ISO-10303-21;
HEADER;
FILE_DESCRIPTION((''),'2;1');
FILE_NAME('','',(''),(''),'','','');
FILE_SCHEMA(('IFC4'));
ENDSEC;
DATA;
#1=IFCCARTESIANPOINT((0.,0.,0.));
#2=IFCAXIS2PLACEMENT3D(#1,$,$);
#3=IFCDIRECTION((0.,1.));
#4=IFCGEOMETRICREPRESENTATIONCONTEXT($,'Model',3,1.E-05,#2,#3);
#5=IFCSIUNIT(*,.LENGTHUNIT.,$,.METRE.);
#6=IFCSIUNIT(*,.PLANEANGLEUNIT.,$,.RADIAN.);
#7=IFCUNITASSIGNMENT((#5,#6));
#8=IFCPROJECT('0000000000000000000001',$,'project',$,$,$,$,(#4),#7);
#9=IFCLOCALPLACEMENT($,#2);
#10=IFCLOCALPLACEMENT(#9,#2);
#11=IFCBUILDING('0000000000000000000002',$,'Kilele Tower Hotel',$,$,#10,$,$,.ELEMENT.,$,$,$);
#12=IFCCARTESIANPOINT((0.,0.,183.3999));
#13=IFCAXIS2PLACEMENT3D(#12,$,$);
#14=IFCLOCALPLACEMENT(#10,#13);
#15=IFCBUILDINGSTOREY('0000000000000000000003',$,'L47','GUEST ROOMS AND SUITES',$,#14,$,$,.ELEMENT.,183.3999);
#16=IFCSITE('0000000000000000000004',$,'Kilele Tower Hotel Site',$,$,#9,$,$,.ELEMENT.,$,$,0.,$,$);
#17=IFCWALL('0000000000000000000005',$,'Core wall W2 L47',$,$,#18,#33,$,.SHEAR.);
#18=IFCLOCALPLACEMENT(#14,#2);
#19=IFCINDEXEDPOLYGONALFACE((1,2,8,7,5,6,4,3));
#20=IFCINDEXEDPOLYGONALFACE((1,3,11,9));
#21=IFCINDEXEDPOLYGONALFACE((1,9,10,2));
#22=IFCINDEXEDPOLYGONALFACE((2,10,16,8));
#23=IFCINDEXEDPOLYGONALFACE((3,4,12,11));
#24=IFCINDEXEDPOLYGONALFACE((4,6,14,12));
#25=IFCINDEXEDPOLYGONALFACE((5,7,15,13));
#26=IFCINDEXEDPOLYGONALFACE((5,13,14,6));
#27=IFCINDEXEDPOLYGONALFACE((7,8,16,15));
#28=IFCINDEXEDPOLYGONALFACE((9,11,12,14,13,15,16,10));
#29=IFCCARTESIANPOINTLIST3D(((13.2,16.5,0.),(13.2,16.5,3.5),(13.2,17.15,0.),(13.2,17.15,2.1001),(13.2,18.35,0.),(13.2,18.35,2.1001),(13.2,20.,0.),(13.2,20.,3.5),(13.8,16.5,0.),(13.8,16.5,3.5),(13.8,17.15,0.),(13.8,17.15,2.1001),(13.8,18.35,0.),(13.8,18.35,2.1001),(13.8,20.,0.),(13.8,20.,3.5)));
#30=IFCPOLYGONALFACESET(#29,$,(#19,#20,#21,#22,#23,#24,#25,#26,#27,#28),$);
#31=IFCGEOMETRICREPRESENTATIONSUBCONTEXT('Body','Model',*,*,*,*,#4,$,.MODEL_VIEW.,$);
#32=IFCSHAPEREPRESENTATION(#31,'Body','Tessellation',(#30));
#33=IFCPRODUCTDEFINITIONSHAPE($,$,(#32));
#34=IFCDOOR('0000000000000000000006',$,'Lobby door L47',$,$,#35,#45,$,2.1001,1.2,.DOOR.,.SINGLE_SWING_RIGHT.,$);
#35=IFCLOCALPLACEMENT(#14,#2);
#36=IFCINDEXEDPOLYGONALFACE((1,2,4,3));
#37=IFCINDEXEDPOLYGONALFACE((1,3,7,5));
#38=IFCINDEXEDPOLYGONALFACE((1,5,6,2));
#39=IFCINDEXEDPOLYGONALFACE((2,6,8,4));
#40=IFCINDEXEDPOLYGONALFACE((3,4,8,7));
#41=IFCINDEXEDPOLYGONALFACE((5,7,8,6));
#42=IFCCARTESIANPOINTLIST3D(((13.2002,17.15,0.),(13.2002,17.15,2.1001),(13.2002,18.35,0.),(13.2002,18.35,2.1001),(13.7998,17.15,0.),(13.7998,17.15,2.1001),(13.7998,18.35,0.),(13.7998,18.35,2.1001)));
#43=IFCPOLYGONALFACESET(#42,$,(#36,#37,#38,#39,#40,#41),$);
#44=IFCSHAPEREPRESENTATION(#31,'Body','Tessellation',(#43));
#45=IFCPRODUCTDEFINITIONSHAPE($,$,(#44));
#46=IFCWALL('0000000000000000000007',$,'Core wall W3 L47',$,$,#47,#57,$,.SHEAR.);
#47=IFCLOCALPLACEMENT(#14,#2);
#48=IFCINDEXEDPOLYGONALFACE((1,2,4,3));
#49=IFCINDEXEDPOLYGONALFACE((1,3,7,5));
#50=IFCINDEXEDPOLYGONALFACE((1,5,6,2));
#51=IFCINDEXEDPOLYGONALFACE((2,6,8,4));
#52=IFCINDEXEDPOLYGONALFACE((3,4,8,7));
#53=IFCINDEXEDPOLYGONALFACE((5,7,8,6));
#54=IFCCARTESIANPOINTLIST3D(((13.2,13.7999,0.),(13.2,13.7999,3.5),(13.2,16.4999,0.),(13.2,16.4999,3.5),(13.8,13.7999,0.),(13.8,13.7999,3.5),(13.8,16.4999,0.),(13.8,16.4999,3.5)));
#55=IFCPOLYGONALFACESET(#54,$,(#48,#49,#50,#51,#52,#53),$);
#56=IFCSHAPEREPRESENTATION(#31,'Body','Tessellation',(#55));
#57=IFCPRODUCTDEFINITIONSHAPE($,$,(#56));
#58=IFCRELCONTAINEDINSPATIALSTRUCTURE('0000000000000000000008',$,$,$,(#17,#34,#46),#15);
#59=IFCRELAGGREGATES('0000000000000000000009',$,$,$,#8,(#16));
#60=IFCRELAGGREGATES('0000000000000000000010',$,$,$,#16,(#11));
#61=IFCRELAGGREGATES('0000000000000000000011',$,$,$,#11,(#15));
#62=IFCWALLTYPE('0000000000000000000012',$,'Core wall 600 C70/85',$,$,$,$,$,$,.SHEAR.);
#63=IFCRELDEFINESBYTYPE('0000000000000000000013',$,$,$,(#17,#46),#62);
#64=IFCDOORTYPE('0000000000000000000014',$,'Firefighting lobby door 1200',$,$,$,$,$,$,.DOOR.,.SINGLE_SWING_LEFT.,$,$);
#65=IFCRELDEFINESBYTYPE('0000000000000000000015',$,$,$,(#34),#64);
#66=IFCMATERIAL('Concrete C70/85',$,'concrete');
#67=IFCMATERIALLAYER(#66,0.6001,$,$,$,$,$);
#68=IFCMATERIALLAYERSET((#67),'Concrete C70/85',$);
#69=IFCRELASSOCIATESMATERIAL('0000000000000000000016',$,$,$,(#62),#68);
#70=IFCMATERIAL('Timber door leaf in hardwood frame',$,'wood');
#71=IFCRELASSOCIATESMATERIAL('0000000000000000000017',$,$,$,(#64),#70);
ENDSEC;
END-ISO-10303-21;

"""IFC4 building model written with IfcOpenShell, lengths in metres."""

from ifc_helpers import new_model, si_unit, direction, frame, frame_2d, origin, place, context, subcontext, project, spatial, rectangle, extrude, material, layer, layer_set, type_object, element, fill, save


model = new_model("IFC4")

# Units and contexts
model_context = context("Model", 3, precision=1e-05, world=origin(), true_north=direction((0.0, 1.0)))
body_context = subcontext(model_context, "Body", "Model", "MODEL_VIEW")
ifc_project = project(units=[si_unit("LENGTHUNIT", "METRE"), si_unit("PLANEANGLEUNIT", "RADIAN")], contexts=[model_context])

# Site, building, storey
site_placement = place(None, origin())
site = spatial("IfcSite", under=ifc_project, at=site_placement, Name="Kilele Tower Hotel Site", CompositionType="ELEMENT", RefElevation=0.0)
building_placement = place(site_placement, origin())
building = spatial("IfcBuilding", under=site, at=building_placement, Name="Kilele Tower Hotel", CompositionType="ELEMENT")
storey_placement = place(building_placement, frame((0.0, 0.0, 183.3999)))
storey = spatial("IfcBuildingStorey", under=building, at=storey_placement, Name="L47", Description="GUEST ROOMS AND SUITES", CompositionType="ELEMENT", Elevation=183.3999)

# Shared definitions
ifc_material_1 = material(Name="Concrete C70/85", Category="concrete")
ifc_layer = layer(ifc_material_1, 0.6001)
ifc_layer_set = layer_set([ifc_layer], Name="Concrete C70/85")
wall_type = type_object("IfcWallType", Name="Core wall 600 C70/85", PredefinedType="SHEAR", material=ifc_layer_set)

# Wall, opening, door
wall_1_placement = place(storey_placement, frame((13.5, 20.0, 0.0), z_axis=(0.0, 0.0, 1.0), x_axis=(0.0, -1.0, 0.0)))
wall_1 = element("IfcWall", 1, at=wall_1_placement, inside=storey, type_object=wall_type, Name="Core wall W2 L47", PredefinedType="SHEAR", context=body_context, shape_type="SweptSolid", body=[
    extrude(rectangle(XDim=3.5, YDim=0.6001, at=frame_2d((1.75, 0.0))), origin(), (0.0, 0.0, 1.0), 3.5),
])
opening_1_placement = place(wall_1_placement, frame((1.6499, 0.0, 0.0)))
opening_1 = element("IfcOpeningElement", 2, at=opening_1_placement, cuts=wall_1, PredefinedType="OPENING", context=body_context, shape_type="SweptSolid", body=[
    extrude(rectangle(XDim=1.2, YDim=2.1001, at=frame_2d((0.6001, 1.05))), frame((0.0, 0.3101, 0.0), z_axis=(0.0, -1.0, 0.0), x_axis=(1.0, 0.0, 0.0)), (0.0, 0.0, 1.0), 0.6201),
])
ifc_material_2 = material(Name="Timber door leaf in hardwood frame", Category="wood")
door_type_1 = type_object("IfcDoorType", Name="Firefighting lobby door 1200", OperationType="SINGLE_SWING_LEFT", PredefinedType="DOOR", material=ifc_material_2)
door_1_placement = place(opening_1_placement, origin())
door_1 = element("IfcDoor", 3, at=door_1_placement, inside=storey, type_object=door_type_1, Name="Lobby door L47", OperationType="SINGLE_SWING_RIGHT", OverallHeight=2.1001, OverallWidth=1.2, PredefinedType="DOOR", context=body_context, shape_type="SweptSolid", body=[
    extrude(rectangle(XDim=1.2, YDim=2.1001, at=frame_2d((0.6001, 1.05))), frame((0.0, 0.2998, 0.0), z_axis=(0.0, -1.0, 0.0), x_axis=(1.0, 0.0, 0.0)), (0.0, 0.0, 1.0), 0.5996),
])
fill(opening_1, door_1)

# Wall
wall_2_placement = place(storey_placement, frame((13.5, 16.5, 0.0), z_axis=(0.0, 0.0, 1.0), x_axis=(0.0, -1.0, 0.0)))
element("IfcWall", 4, at=wall_2_placement, inside=storey, type_object=wall_type, Name="Core wall W3 L47", PredefinedType="SHEAR", context=body_context, shape_type="SweptSolid", body=[
    extrude(rectangle(XDim=2.7, YDim=0.6001, at=frame_2d((1.3501, 0.0))), origin(), (0.0, 0.0, 1.0), 3.5),
])

save(model, "model.ifc")
